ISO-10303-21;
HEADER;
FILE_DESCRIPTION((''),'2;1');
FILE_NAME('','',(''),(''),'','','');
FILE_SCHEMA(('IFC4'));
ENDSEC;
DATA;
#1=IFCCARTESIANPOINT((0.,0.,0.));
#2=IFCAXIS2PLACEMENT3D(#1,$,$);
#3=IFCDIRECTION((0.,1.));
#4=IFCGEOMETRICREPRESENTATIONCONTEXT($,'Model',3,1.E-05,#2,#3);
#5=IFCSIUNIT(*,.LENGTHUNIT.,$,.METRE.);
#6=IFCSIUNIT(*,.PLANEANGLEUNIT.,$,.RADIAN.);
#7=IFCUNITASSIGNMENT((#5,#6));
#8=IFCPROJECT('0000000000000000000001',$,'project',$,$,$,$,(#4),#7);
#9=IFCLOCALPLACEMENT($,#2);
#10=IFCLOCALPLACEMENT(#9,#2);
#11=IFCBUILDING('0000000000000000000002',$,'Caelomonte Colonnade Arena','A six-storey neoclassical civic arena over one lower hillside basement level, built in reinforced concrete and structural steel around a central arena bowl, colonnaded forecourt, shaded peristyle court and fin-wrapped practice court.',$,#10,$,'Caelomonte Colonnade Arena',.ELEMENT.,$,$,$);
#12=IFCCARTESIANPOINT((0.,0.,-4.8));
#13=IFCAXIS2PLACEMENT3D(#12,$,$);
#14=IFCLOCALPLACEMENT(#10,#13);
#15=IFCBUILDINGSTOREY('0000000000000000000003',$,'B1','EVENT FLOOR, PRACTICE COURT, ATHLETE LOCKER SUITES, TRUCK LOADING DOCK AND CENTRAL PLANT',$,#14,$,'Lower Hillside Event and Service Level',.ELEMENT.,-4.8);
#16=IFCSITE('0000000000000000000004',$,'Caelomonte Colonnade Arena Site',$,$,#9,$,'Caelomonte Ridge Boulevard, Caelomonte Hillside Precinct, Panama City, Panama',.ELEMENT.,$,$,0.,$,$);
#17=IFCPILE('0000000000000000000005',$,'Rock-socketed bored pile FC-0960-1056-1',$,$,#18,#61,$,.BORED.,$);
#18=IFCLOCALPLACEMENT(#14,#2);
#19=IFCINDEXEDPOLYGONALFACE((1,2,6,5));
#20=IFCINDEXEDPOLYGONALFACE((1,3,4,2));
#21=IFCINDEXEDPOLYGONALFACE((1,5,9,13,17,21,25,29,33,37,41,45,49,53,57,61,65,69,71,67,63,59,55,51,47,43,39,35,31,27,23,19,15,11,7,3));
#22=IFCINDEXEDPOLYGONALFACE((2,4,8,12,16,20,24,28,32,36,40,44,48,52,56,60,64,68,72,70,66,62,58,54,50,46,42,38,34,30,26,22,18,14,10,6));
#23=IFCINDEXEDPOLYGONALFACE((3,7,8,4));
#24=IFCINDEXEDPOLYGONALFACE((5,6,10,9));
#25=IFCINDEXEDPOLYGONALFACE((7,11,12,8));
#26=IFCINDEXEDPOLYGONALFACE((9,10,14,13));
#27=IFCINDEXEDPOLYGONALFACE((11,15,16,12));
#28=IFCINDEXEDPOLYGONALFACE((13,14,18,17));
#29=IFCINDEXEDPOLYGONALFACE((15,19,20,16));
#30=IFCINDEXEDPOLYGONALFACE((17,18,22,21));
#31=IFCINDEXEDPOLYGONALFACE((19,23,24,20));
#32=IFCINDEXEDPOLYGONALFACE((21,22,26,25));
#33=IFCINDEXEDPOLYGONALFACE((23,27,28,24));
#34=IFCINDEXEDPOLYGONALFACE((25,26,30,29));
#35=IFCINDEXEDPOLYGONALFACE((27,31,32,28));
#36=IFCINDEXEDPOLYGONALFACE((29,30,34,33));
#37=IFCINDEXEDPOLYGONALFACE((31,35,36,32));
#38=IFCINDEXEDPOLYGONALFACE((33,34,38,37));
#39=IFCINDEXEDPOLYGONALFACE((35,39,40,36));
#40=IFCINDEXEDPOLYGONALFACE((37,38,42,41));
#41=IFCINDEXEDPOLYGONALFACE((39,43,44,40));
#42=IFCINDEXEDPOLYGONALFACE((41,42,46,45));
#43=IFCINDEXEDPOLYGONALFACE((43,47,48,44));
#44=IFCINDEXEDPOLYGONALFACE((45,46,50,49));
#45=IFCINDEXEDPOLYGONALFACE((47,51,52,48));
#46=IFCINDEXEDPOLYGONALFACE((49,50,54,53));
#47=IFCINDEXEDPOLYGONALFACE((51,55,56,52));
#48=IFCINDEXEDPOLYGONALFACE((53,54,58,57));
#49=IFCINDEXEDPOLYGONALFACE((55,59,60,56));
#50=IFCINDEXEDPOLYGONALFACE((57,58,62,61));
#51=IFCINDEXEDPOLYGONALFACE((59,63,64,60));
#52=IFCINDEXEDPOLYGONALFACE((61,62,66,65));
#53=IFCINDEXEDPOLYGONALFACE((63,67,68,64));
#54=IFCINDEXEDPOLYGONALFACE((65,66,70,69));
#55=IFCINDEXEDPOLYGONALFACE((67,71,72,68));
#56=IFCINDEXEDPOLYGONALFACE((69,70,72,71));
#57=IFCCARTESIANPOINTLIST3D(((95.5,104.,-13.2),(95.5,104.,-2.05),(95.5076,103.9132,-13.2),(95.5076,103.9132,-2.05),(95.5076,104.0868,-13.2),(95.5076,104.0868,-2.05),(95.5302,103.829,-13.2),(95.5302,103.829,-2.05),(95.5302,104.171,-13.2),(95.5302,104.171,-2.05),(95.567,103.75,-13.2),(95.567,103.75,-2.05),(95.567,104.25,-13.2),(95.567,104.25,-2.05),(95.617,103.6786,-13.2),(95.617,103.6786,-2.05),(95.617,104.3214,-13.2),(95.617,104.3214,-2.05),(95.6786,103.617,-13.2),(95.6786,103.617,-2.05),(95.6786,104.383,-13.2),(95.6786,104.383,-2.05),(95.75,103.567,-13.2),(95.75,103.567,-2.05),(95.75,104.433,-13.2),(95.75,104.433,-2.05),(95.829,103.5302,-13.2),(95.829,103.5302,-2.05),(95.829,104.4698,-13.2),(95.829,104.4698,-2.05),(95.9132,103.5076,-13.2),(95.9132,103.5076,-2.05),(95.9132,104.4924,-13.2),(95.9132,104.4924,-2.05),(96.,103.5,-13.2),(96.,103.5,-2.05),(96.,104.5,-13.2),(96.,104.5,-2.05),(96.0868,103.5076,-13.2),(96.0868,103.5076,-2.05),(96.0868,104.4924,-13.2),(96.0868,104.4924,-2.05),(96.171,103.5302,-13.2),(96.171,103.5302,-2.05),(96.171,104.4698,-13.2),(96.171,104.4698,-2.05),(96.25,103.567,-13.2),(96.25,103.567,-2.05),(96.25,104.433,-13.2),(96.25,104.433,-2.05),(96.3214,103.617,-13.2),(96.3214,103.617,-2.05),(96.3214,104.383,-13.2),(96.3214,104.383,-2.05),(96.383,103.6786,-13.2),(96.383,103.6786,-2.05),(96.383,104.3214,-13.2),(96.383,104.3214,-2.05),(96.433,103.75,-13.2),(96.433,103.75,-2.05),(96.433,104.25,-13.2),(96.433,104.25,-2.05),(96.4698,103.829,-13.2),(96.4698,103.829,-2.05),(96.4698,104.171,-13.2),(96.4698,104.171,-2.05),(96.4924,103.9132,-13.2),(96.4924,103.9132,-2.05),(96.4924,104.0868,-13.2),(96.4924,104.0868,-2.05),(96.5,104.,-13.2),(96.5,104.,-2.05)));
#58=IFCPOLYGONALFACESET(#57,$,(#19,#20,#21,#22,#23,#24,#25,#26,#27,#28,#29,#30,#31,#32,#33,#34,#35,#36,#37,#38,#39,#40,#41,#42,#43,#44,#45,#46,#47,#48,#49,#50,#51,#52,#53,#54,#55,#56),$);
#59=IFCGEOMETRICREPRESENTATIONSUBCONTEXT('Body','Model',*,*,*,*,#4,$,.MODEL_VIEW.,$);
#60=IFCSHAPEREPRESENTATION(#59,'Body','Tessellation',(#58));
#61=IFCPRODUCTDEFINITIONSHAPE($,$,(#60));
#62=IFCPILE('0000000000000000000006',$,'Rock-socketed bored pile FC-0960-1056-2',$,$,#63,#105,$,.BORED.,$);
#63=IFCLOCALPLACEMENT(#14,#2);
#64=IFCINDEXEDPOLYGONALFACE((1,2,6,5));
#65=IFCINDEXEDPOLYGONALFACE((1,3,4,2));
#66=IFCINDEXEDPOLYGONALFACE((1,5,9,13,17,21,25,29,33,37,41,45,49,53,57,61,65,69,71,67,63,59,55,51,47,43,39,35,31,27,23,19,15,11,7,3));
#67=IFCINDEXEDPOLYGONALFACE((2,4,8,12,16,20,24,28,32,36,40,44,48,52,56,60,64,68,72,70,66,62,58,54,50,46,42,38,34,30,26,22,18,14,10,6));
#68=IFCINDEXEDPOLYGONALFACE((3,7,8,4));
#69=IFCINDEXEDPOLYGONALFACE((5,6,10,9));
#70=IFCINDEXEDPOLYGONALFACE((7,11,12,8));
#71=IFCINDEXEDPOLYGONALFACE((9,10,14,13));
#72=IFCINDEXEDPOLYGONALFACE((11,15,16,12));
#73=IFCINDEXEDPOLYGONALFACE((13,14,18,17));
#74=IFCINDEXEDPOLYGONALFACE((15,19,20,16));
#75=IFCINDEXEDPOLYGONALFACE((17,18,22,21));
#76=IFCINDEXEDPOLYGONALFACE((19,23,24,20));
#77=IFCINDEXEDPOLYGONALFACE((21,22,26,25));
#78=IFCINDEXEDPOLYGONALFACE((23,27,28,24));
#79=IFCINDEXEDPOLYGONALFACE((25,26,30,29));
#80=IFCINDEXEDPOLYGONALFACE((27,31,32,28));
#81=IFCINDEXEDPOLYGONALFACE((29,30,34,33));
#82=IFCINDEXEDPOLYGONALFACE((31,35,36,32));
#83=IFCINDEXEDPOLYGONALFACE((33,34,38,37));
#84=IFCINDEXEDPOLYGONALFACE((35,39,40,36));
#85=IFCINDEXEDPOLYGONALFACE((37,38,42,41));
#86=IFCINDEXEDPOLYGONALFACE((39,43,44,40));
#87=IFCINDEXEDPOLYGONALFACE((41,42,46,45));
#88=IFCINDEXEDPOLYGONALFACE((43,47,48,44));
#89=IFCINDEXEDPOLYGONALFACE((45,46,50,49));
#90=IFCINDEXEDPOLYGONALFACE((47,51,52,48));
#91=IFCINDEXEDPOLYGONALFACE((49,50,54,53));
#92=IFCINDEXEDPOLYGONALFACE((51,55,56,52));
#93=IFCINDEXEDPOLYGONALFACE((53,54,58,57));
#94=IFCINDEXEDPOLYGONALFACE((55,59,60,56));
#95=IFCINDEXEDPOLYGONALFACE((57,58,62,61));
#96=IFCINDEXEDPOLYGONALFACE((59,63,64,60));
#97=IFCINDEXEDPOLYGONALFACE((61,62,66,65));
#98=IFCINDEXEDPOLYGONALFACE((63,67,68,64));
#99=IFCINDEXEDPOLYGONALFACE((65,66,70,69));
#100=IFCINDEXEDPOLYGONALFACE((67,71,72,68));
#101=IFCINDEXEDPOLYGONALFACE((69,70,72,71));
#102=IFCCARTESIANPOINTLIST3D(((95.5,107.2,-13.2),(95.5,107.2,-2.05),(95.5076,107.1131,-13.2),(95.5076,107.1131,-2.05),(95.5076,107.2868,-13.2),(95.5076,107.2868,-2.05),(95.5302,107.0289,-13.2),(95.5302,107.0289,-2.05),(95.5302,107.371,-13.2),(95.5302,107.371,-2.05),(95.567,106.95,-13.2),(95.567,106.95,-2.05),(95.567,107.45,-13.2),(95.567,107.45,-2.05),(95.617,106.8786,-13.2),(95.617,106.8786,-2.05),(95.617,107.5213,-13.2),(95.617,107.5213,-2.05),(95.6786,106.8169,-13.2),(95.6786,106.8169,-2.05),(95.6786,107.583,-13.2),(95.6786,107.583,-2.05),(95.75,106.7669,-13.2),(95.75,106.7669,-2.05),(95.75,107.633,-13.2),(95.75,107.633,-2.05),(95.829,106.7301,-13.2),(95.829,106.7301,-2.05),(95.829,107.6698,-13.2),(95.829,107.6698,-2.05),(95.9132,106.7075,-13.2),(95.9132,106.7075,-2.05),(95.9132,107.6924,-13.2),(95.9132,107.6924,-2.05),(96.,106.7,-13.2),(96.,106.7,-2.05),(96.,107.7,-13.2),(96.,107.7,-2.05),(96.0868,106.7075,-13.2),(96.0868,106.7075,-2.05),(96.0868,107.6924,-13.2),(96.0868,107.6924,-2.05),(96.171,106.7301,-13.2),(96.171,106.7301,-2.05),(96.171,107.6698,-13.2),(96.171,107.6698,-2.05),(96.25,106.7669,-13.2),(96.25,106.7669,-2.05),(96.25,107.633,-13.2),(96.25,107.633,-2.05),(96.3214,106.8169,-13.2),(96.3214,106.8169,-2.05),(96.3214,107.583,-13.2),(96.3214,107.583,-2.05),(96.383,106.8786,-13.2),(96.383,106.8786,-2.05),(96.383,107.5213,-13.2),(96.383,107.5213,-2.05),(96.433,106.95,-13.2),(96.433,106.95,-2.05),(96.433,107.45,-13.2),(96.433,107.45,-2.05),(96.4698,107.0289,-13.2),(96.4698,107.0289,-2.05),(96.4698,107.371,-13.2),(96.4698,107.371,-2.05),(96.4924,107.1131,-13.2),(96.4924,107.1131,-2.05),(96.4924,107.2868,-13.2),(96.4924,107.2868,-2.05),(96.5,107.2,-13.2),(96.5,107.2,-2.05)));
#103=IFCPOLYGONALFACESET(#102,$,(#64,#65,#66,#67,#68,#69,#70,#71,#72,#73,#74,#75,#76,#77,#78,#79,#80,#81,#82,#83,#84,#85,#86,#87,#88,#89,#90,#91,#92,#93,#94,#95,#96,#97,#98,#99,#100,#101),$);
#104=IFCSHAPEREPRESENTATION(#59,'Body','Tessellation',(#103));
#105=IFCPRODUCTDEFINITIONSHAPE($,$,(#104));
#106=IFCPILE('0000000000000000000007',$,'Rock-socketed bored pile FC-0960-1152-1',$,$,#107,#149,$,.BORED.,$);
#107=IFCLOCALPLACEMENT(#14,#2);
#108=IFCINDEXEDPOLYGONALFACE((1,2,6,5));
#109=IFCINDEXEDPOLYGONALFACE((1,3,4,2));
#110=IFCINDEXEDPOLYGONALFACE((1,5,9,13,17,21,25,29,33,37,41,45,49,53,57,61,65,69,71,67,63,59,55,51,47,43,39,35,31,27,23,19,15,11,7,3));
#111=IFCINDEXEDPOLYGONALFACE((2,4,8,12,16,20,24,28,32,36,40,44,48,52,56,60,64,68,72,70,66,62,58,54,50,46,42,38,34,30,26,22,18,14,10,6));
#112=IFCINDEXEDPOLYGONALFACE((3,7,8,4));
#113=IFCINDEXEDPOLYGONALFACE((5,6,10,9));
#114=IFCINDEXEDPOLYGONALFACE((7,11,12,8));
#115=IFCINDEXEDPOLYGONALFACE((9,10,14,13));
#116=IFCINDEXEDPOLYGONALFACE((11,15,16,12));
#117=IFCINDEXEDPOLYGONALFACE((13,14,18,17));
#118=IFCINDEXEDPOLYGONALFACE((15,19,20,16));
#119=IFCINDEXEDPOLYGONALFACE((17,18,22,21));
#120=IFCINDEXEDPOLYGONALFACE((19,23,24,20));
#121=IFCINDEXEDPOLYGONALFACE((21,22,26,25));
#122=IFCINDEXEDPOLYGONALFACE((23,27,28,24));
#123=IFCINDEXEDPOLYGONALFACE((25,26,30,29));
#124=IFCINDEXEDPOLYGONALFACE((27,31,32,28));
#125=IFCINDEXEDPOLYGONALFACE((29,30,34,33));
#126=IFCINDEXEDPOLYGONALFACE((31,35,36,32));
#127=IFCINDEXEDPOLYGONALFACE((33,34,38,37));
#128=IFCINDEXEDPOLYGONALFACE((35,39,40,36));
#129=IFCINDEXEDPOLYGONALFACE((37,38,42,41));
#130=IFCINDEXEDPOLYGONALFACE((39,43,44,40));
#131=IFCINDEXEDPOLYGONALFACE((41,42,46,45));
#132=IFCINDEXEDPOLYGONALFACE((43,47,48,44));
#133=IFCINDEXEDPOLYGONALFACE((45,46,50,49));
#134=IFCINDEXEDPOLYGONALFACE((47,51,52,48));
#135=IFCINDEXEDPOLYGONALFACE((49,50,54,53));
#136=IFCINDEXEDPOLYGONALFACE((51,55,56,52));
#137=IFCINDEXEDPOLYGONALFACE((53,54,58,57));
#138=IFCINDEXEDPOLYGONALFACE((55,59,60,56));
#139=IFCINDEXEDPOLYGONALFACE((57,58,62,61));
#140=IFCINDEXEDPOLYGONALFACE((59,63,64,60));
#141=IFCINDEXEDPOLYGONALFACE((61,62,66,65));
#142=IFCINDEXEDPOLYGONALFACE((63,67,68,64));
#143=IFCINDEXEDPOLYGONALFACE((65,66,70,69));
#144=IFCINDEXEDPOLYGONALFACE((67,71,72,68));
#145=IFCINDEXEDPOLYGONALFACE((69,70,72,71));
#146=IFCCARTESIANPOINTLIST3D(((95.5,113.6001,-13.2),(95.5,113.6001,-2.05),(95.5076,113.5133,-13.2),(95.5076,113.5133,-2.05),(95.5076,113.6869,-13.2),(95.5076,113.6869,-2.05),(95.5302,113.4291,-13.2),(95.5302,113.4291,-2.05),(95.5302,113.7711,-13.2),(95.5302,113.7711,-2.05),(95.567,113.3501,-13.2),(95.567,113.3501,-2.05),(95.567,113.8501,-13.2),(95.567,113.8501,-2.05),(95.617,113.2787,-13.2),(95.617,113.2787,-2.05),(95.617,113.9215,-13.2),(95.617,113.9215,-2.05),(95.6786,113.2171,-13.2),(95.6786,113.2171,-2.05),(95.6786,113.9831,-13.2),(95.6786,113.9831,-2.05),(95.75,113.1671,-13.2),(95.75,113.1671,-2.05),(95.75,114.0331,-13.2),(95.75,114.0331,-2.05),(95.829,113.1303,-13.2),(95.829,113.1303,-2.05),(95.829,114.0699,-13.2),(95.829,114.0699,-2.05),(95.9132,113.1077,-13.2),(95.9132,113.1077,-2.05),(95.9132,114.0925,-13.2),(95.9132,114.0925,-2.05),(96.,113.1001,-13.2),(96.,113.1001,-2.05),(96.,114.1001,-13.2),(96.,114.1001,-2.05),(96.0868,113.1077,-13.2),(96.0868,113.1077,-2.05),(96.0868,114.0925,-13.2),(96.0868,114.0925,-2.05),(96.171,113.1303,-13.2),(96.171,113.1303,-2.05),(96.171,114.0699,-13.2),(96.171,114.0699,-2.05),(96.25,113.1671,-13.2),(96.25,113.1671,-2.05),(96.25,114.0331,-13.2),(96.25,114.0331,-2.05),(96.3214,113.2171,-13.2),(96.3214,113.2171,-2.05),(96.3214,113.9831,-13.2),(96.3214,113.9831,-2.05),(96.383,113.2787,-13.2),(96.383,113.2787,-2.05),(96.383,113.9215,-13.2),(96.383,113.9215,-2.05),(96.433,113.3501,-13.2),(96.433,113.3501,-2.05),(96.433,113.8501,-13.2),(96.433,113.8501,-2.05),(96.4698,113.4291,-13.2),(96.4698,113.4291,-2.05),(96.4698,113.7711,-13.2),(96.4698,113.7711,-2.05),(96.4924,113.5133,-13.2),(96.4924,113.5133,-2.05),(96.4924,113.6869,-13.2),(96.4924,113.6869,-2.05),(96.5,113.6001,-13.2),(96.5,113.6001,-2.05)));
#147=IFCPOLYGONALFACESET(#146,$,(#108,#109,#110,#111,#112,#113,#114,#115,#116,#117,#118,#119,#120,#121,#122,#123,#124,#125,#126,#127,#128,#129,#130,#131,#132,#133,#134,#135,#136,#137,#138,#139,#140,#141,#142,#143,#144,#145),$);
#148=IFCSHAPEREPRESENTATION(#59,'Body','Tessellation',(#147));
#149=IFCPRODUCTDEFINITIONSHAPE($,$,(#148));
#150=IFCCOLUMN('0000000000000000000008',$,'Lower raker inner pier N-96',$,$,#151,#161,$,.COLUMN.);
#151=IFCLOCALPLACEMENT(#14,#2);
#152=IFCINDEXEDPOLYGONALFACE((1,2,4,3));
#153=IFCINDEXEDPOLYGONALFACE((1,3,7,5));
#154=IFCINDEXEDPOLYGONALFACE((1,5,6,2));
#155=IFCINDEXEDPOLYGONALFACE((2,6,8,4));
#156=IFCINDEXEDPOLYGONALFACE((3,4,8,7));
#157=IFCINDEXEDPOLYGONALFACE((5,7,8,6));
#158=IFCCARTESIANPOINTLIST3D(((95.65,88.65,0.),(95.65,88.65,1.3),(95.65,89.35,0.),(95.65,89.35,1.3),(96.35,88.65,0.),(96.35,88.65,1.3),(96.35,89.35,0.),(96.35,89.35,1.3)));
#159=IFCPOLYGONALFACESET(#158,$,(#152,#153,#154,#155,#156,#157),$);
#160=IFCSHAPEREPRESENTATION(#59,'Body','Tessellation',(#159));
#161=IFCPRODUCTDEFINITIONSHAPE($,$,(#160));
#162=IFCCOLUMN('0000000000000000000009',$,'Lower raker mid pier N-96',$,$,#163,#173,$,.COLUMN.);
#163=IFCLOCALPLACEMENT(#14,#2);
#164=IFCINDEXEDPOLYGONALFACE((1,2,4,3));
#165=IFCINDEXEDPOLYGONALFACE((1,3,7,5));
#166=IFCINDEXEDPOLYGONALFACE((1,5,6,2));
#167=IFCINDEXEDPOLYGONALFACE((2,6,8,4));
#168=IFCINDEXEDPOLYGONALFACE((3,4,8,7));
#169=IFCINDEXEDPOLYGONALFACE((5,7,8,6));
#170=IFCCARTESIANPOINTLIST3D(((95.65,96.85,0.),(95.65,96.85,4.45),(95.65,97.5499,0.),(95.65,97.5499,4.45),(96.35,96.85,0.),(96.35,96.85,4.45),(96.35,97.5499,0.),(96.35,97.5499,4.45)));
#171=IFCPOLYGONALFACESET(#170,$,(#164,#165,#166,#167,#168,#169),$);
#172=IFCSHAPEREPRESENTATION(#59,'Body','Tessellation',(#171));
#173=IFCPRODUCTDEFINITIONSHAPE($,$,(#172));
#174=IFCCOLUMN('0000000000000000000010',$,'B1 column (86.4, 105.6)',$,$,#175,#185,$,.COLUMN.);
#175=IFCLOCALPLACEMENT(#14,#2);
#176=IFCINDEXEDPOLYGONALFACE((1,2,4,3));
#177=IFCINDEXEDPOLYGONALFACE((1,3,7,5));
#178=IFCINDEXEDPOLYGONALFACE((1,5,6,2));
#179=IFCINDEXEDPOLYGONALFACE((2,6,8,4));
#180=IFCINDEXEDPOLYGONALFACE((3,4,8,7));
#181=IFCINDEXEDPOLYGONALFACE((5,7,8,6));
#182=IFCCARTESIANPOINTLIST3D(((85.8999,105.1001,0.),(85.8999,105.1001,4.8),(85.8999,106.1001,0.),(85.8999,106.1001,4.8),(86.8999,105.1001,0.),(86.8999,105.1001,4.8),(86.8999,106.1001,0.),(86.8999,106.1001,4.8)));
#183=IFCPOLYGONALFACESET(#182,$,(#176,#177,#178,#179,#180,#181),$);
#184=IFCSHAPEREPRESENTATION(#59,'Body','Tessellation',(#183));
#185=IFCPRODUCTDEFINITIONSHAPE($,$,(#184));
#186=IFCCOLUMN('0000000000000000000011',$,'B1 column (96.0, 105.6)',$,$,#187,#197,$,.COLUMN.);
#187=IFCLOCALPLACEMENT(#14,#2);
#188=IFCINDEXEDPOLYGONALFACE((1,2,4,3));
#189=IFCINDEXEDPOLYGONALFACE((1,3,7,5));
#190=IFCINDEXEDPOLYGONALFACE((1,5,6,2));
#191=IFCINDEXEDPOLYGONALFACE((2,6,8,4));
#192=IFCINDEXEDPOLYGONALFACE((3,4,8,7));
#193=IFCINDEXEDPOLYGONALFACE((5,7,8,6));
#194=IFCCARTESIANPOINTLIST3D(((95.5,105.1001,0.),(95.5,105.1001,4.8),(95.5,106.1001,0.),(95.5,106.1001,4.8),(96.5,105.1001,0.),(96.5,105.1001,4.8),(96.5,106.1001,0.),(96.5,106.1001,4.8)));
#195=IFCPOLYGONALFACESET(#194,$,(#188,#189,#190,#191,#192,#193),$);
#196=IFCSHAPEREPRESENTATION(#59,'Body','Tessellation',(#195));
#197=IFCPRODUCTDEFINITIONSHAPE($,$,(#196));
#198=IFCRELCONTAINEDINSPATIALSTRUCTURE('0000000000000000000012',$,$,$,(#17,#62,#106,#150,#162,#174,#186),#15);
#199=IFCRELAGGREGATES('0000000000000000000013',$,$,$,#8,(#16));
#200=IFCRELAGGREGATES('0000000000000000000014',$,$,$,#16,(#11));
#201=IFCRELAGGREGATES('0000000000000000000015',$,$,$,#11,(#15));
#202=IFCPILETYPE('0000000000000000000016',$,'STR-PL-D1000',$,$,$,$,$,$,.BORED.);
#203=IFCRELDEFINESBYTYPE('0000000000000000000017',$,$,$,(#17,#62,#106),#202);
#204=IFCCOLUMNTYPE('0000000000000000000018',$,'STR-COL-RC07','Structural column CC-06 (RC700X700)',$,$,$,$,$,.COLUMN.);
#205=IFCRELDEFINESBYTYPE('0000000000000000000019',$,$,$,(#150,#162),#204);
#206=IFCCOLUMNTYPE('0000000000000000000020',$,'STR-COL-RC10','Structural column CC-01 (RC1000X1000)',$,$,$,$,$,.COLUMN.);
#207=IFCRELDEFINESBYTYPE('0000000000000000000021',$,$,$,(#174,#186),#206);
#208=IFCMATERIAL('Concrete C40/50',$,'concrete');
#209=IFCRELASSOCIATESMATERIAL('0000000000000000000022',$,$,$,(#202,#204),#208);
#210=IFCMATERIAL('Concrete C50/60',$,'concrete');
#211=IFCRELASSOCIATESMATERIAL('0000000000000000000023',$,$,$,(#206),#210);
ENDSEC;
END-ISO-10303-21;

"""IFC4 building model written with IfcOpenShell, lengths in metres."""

from ifc_helpers import new_model, si_unit, direction, frame, origin, origin_2d, place, context, subcontext, project, spatial, rectangle, circle, extrude, material, material_profile, profile_set, type_object, element, save


model = new_model("IFC4")

# Units and contexts
model_context = context("Model", 3, precision=1e-05, world=origin(), true_north=direction((0.0, 1.0)))
body_context = subcontext(model_context, "Body", "Model", "MODEL_VIEW")
ifc_project = project(units=[si_unit("LENGTHUNIT", "METRE"), si_unit("PLANEANGLEUNIT", "RADIAN")], contexts=[model_context])

# Site, building, storey
site_placement = place(None, origin())
site = spatial("IfcSite", under=ifc_project, at=site_placement, Name="Caelomonte Colonnade Arena Site", LongName="Caelomonte Ridge Boulevard, Caelomonte Hillside Precinct, Panama City, Panama", CompositionType="ELEMENT", RefElevation=0.0)
building_placement = place(site_placement, origin())
building = spatial("IfcBuilding", under=site, at=building_placement, Name="Caelomonte Colonnade Arena", Description="A six-storey neoclassical civic arena over one lower hillside basement level, built in reinforced concrete and structural steel around a central arena bowl, colonnaded forecourt, shaded peristyle court and fin-wrapped practice court.", LongName="Caelomonte Colonnade Arena", CompositionType="ELEMENT")
storey_placement = place(building_placement, frame((0.0, 0.0, -4.8)))
storey = spatial("IfcBuildingStorey", under=building, at=storey_placement, Name="B1", Description="EVENT FLOOR, PRACTICE COURT, ATHLETE LOCKER SUITES, TRUCK LOADING DOCK AND CENTRAL PLANT", LongName="Lower Hillside Event and Service Level", CompositionType="ELEMENT", Elevation=-4.8)

# Shared definitions
ifc_material_1 = material(Name="Concrete C40/50", Category="concrete")

# Piles
ifc_material_profile_1 = material_profile(ifc_material_1, circle(Radius=0.5, at=origin_2d()), Name="PILE-D1000")
ifc_profile_set_1 = profile_set([ifc_material_profile_1], Name="Concrete C40/50")
pile_type = type_object("IfcPileType", Name="STR-PL-D1000", PredefinedType="BORED", material=ifc_profile_set_1)
for number, where, z_axis, x_axis, name in (
    (1, (96.0, 104.0, -2.05), (0.0, 0.0, -1.0), (1.0, 0.0, 0.0), "Rock-socketed bored pile FC-0960-1056-1"),
    (2, (96.0, 107.2, -2.05), (0.0, 0.0, -1.0), (1.0, 0.0, 0.0), "Rock-socketed bored pile FC-0960-1056-2"),
    (3, (96.0, 113.6001, -2.05), (0.0, 0.0, -1.0), (1.0, 0.0, 0.0), "Rock-socketed bored pile FC-0960-1152-1"),
):
    element("IfcPile", number, at=place(storey_placement, frame(where, z_axis=z_axis, x_axis=x_axis)), inside=storey, type_object=pile_type, Name=name, PredefinedType="BORED", context=body_context, shape_type="SweptSolid", body=[
        extrude(circle(Radius=0.5, at=origin_2d()), origin(), (0.0, 0.0, 1.0), 11.1499),
    ])

# Columns
ifc_material_profile_2 = material_profile(ifc_material_1, rectangle(XDim=0.7, YDim=0.7, at=origin_2d()), Name="RC700X700")
ifc_profile_set_2 = profile_set([ifc_material_profile_2], Name="Concrete C40/50")
column_type_1 = type_object("IfcColumnType", Name="STR-COL-RC07", Description="Structural column CC-06 (RC700X700)", PredefinedType="COLUMN", material=ifc_profile_set_2)
column_1_placement = place(storey_placement, frame((96.0, 89.0, 0.0), z_axis=(0.0, 0.0, 1.0), x_axis=(1.0, 0.0, 0.0)))
element("IfcColumn", 4, at=column_1_placement, inside=storey, type_object=column_type_1, Name="Lower raker inner pier N-96", PredefinedType="COLUMN", context=body_context, shape_type="SweptSolid", body=[
    extrude(rectangle(XDim=0.7, YDim=0.7, at=origin_2d()), origin(), (0.0, 0.0, 1.0), 1.3),
])
column_2_placement = place(storey_placement, frame((96.0, 97.2, 0.0), z_axis=(0.0, 0.0, 1.0), x_axis=(1.0, 0.0, 0.0)))
element("IfcColumn", 5, at=column_2_placement, inside=storey, type_object=column_type_1, Name="Lower raker mid pier N-96", PredefinedType="COLUMN", context=body_context, shape_type="SweptSolid", body=[
    extrude(rectangle(XDim=0.7, YDim=0.7, at=origin_2d()), origin(), (0.0, 0.0, 1.0), 4.45),
])
ifc_material_2 = material(Name="Concrete C50/60", Category="concrete")
ifc_material_profile_3 = material_profile(ifc_material_2, rectangle(XDim=1.0, YDim=1.0, at=origin_2d()), Name="RC1000X1000")
ifc_profile_set_3 = profile_set([ifc_material_profile_3], Name="Concrete C50/60")
column_type_2 = type_object("IfcColumnType", Name="STR-COL-RC10", Description="Structural column CC-01 (RC1000X1000)", PredefinedType="COLUMN", material=ifc_profile_set_3)
for number, where, z_axis, x_axis, name in (
    (6, (86.3999, 105.6001, 0.0), (0.0, 0.0, 1.0), (1.0, 0.0, 0.0), "B1 column (86.4, 105.6)"),
    (7, (96.0, 105.6001, 0.0), (0.0, 0.0, 1.0), (1.0, 0.0, 0.0), "B1 column (96.0, 105.6)"),
):
    element("IfcColumn", number, at=place(storey_placement, frame(where, z_axis=z_axis, x_axis=x_axis)), inside=storey, type_object=column_type_2, Name=name, PredefinedType="COLUMN", context=body_context, shape_type="SweptSolid", body=[
        extrude(rectangle(XDim=1.0, YDim=1.0, at=origin_2d()), origin(), (0.0, 0.0, 1.0), 4.8),
    ])

save(model, "model.ifc")
